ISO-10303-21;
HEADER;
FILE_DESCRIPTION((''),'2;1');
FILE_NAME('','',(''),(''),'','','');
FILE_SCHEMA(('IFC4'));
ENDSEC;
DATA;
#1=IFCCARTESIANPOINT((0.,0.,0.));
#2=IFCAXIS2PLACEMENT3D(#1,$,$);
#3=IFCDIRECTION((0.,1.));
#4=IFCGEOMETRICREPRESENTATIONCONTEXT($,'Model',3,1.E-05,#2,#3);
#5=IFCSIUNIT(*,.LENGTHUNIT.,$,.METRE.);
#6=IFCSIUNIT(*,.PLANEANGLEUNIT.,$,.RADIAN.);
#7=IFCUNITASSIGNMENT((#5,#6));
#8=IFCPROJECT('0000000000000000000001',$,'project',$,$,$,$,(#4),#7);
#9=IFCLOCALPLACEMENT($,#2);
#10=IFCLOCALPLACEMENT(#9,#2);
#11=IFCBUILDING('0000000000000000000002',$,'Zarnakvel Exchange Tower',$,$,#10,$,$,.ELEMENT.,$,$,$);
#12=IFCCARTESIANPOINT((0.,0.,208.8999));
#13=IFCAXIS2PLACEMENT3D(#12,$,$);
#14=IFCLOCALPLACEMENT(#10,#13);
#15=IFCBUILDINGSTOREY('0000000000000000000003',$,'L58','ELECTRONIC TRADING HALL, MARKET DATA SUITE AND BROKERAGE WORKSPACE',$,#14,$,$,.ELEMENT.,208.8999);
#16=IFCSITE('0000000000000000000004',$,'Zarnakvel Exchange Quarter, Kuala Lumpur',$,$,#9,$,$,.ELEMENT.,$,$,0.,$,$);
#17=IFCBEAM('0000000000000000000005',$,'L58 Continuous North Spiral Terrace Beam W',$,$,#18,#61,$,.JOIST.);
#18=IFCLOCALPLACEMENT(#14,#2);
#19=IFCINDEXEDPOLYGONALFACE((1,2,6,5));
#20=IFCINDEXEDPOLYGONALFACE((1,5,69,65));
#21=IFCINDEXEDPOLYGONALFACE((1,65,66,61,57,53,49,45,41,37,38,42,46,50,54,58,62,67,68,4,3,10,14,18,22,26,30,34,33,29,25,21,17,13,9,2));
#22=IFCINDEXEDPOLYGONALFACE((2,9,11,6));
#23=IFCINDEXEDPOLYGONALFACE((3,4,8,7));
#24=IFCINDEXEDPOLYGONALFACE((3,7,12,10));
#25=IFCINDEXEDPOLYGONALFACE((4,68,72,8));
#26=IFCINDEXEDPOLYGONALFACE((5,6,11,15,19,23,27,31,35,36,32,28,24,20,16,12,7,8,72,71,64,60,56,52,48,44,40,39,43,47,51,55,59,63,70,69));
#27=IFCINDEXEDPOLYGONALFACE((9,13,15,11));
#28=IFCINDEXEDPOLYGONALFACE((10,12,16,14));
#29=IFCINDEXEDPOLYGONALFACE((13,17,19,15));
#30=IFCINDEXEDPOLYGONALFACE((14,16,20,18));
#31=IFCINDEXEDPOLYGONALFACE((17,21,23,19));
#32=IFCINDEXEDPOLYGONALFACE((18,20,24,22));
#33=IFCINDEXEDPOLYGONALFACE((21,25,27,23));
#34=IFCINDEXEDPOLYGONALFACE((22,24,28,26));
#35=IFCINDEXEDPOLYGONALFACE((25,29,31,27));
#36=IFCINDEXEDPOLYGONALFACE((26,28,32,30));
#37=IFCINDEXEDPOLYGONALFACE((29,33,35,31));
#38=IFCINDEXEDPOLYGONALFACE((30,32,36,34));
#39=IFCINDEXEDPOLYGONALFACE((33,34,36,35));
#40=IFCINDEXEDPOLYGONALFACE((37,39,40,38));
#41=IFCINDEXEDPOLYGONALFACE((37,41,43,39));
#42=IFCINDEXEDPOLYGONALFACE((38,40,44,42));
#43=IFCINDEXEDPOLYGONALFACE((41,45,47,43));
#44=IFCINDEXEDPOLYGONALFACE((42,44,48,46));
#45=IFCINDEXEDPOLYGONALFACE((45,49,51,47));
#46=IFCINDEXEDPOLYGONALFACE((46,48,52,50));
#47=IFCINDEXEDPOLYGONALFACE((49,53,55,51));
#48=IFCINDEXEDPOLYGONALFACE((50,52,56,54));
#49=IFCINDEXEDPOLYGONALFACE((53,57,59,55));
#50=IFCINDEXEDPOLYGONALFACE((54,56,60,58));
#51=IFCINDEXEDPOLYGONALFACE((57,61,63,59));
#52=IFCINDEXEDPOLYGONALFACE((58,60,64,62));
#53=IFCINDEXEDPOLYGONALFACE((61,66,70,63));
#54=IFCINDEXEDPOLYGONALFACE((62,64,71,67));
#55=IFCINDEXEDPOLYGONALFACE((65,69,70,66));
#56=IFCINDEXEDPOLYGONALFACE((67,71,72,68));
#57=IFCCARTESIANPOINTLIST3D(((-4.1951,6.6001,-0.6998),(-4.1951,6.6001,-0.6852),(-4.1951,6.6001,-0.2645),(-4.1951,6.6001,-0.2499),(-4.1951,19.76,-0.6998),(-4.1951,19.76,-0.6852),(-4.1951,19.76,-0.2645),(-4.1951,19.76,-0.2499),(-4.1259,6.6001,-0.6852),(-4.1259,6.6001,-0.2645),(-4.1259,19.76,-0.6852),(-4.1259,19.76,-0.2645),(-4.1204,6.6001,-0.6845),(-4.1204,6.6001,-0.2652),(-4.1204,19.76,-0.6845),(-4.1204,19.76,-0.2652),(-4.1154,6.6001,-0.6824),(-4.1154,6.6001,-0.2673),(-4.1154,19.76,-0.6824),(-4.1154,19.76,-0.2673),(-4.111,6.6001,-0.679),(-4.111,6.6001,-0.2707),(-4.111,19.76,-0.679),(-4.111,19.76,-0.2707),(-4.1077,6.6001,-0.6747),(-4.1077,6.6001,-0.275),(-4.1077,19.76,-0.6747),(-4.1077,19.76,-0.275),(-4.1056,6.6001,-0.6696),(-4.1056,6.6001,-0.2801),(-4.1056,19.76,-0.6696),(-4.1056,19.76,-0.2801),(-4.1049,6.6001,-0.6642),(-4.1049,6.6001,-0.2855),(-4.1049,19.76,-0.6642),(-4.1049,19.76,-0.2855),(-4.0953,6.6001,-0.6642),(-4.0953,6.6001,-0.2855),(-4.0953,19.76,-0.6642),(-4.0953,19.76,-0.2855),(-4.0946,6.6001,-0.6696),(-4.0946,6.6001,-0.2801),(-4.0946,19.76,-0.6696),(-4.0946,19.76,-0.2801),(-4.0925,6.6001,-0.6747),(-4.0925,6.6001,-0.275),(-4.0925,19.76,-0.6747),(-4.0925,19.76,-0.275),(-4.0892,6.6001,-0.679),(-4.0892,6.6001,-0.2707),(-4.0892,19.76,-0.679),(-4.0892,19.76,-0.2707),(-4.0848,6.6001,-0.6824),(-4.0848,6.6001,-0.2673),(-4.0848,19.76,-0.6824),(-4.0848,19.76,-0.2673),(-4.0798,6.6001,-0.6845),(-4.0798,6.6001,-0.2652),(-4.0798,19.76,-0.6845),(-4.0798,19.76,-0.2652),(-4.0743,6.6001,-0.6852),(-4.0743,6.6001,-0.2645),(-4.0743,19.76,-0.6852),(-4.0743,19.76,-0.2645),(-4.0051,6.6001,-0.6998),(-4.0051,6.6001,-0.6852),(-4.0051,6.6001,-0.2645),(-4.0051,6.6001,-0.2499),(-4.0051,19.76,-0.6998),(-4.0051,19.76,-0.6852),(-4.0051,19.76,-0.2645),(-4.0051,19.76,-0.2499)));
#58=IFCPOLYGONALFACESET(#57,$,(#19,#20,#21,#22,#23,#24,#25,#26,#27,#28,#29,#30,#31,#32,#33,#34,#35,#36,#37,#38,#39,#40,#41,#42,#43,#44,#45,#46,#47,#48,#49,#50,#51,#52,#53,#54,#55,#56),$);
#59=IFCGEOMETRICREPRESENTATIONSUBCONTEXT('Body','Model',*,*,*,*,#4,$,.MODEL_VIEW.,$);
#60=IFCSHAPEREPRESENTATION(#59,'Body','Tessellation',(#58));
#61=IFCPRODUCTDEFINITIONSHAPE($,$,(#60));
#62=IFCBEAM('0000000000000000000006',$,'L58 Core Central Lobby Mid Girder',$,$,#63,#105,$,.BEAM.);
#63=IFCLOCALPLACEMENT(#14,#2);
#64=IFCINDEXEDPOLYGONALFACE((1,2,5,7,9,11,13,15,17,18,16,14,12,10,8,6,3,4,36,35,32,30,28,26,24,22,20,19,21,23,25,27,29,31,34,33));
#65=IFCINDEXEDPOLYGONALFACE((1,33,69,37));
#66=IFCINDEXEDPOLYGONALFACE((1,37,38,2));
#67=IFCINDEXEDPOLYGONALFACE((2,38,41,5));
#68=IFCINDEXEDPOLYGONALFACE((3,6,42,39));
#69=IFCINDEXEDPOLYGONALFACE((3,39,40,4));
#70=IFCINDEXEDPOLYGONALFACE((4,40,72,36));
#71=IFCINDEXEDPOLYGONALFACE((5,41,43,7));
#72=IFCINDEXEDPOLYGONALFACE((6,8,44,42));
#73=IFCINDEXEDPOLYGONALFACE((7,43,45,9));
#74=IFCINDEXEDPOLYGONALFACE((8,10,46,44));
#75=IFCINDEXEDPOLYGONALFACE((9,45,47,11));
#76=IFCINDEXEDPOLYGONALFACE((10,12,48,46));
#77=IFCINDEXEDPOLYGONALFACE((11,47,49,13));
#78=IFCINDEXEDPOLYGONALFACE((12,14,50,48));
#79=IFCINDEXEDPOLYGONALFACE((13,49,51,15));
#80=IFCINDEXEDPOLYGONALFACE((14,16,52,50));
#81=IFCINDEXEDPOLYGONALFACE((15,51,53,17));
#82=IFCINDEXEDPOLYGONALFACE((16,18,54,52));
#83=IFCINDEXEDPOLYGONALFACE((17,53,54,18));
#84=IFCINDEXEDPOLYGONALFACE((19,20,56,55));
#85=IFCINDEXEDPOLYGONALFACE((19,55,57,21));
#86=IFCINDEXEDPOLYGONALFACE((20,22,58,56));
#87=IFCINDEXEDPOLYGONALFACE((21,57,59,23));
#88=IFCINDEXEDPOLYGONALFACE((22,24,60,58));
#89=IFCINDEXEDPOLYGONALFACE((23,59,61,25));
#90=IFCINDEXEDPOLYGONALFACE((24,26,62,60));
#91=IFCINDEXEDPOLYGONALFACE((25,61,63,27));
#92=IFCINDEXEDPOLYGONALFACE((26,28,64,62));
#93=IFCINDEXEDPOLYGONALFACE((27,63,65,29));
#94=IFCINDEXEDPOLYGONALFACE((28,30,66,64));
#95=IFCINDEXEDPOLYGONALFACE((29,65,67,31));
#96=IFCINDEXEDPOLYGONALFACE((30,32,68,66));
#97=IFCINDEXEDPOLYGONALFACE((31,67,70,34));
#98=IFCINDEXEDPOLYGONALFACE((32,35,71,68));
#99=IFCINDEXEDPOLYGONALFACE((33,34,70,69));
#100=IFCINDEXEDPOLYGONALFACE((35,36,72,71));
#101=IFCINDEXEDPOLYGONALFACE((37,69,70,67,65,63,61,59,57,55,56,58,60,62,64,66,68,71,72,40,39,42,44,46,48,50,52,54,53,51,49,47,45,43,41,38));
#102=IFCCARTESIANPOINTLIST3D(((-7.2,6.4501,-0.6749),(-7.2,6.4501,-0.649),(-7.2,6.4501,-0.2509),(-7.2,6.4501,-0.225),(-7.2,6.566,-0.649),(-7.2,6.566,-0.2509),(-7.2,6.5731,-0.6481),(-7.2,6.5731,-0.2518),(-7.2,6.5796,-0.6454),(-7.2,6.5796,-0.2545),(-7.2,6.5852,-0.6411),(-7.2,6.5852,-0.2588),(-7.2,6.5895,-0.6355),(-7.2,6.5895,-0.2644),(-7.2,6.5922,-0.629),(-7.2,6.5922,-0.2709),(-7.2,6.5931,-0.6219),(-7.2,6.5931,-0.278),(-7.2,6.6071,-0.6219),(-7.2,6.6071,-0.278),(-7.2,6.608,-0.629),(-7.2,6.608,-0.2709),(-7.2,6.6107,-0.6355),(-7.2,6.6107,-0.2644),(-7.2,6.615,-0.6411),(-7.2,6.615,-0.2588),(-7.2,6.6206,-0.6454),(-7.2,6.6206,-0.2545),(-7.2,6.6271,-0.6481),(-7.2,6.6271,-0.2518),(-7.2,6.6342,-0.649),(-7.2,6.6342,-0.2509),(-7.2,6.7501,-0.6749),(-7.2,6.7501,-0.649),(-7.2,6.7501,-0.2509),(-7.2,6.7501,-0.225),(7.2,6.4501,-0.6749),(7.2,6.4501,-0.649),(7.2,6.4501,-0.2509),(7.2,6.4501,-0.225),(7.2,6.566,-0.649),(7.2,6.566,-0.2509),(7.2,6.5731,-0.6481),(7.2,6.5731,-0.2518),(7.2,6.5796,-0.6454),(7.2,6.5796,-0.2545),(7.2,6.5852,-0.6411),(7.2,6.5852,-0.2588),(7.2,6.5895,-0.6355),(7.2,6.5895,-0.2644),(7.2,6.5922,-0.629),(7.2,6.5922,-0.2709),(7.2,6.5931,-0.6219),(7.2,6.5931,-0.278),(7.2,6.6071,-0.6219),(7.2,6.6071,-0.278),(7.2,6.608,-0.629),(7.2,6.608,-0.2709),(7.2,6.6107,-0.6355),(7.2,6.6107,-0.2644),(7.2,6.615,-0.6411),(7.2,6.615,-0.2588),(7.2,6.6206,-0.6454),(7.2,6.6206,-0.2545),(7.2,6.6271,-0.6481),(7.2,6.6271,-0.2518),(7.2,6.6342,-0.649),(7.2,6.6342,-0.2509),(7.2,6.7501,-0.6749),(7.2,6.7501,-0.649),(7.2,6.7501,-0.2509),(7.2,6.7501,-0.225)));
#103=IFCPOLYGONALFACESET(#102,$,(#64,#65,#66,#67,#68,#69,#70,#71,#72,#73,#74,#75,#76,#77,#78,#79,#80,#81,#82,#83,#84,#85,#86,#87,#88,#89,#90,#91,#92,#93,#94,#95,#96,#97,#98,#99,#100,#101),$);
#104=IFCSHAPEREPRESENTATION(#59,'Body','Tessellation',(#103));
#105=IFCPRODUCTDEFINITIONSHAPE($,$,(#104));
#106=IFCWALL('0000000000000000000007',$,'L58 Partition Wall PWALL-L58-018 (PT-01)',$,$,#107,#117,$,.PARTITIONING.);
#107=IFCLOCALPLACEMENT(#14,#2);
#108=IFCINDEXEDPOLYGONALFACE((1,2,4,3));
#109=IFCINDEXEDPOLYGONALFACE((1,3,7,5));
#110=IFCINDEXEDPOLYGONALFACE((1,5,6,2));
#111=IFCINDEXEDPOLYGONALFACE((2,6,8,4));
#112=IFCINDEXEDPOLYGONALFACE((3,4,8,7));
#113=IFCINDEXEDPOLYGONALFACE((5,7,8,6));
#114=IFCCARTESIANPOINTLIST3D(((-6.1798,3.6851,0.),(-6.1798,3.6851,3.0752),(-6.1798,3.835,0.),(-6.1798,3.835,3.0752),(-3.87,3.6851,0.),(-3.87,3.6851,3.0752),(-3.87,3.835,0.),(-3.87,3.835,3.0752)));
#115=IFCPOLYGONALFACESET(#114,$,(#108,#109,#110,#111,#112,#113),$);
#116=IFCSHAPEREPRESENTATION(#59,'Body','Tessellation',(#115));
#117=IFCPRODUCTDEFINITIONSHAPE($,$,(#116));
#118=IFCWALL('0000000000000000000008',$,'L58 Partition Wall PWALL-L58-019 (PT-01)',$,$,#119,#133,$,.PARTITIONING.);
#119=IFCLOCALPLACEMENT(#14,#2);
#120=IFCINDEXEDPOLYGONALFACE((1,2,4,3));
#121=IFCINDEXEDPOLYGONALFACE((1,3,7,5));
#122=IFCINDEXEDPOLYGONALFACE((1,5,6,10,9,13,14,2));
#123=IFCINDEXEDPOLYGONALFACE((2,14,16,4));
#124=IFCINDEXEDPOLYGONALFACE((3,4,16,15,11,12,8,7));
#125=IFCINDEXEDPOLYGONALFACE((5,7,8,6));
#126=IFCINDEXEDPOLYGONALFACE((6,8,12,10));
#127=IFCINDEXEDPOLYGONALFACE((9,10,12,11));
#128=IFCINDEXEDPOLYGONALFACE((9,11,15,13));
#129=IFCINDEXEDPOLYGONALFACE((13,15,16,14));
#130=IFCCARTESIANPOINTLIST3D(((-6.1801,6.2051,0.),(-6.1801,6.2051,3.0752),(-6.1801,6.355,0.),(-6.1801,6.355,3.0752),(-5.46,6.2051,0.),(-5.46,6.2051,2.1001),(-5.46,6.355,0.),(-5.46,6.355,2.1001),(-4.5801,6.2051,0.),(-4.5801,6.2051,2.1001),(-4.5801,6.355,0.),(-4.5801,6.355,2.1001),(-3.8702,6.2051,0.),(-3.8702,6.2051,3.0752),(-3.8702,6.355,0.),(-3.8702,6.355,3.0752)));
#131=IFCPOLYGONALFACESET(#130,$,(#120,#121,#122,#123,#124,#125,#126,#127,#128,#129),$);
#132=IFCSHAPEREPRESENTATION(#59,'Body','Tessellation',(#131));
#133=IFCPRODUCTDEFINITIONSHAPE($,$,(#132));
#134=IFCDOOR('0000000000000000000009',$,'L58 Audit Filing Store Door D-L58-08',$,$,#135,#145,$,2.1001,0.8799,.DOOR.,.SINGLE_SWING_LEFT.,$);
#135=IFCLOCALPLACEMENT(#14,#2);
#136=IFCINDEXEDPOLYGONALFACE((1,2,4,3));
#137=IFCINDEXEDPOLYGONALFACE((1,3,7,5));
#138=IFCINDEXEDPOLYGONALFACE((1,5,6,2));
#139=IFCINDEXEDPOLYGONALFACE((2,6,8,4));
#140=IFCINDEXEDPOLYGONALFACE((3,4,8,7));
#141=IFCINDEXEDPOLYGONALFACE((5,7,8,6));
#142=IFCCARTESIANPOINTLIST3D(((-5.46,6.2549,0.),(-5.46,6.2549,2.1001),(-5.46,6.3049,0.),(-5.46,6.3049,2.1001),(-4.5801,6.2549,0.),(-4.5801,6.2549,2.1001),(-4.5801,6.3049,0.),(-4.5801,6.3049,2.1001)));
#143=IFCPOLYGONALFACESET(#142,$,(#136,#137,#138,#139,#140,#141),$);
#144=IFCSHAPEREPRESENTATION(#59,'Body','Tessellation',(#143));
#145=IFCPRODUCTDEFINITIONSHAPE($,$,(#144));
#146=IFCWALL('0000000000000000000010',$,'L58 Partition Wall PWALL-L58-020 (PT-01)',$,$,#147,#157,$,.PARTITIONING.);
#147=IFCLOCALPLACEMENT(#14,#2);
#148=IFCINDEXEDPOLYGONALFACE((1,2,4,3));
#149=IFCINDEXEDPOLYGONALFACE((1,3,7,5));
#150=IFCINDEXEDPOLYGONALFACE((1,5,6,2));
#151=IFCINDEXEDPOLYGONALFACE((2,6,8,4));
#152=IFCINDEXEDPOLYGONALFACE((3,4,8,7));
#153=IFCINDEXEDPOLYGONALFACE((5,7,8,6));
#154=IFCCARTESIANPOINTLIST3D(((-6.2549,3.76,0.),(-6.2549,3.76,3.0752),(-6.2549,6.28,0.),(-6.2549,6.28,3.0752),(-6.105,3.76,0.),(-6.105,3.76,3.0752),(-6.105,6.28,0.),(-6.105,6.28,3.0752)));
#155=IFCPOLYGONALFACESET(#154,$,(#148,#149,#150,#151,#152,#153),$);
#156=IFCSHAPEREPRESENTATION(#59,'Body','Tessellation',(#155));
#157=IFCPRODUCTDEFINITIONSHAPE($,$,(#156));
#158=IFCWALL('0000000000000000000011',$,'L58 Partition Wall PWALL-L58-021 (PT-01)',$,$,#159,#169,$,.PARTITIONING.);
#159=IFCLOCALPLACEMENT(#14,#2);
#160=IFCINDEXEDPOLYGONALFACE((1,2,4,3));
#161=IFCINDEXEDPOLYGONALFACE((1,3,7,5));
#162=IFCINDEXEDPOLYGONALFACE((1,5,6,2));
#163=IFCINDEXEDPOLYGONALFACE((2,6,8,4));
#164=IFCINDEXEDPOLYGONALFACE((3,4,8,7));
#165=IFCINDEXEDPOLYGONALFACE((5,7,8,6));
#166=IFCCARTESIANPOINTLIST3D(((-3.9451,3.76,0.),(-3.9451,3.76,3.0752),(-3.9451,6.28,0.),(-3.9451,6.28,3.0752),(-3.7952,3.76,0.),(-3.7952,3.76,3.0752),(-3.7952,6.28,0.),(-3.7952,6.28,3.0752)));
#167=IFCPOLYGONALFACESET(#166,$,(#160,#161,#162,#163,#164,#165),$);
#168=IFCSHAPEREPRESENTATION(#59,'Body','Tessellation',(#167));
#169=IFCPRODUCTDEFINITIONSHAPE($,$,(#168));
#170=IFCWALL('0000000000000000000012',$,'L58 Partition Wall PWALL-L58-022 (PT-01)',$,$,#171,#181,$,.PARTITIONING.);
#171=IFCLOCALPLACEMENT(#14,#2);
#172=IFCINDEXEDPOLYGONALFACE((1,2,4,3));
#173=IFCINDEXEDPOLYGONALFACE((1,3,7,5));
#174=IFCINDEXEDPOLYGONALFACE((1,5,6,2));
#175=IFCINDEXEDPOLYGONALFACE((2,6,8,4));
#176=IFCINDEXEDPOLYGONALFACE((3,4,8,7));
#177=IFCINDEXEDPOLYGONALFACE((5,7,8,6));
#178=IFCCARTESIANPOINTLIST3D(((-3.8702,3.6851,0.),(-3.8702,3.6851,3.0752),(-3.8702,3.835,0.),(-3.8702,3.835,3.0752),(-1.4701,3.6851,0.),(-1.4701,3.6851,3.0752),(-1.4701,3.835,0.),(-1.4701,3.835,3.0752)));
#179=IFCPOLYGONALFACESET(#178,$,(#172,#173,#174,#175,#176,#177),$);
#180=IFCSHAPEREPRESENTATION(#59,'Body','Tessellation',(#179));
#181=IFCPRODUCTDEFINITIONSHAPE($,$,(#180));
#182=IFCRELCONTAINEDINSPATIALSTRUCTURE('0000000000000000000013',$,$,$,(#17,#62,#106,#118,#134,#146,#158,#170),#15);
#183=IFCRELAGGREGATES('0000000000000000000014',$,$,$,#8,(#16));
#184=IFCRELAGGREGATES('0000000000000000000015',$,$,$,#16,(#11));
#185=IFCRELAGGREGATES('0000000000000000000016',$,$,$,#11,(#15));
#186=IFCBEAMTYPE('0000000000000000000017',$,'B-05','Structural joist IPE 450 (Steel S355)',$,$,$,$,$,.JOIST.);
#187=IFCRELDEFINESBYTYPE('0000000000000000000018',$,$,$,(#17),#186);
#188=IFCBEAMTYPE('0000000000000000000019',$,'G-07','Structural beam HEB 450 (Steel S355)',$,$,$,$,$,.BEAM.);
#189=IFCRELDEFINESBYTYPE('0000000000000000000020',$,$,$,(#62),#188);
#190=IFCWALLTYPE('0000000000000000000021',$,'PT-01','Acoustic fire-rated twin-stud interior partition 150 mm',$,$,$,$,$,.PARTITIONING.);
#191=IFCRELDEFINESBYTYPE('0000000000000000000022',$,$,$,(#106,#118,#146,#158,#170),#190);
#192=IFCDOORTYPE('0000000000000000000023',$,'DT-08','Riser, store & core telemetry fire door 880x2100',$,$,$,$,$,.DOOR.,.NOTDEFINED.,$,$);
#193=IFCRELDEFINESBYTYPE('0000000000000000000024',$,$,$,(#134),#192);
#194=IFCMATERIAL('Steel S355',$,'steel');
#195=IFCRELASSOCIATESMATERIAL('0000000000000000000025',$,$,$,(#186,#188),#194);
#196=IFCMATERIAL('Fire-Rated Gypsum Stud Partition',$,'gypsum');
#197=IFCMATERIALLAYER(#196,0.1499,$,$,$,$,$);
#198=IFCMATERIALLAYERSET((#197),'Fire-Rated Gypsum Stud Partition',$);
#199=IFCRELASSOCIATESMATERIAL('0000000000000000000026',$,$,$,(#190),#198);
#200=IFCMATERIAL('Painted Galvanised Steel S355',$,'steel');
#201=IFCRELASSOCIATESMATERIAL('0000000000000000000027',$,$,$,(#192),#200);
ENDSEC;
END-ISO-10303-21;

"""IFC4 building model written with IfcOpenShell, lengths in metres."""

from ifc_helpers import new_model, si_unit, direction, frame, frame_2d, origin, origin_2d, place, context, subcontext, project, spatial, rectangle, i_section, extrude, source, transform, mapped, material, layer, layer_set, material_profile, profile_set, type_object, element, fill, save


model = new_model("IFC4")

# Units and contexts
model_context = context("Model", 3, precision=1e-05, world=origin(), true_north=direction((0.0, 1.0)))
body_context = subcontext(model_context, "Body", "Model", "MODEL_VIEW")
ifc_project = project(units=[si_unit("LENGTHUNIT", "METRE"), si_unit("PLANEANGLEUNIT", "RADIAN")], contexts=[model_context])

# Site, building, storey
site_placement = place(None, origin())
site = spatial("IfcSite", under=ifc_project, at=site_placement, Name="Zarnakvel Exchange Quarter, Kuala Lumpur", CompositionType="ELEMENT", RefElevation=0.0)
building_placement = place(site_placement, origin())
building = spatial("IfcBuilding", under=site, at=building_placement, Name="Zarnakvel Exchange Tower", CompositionType="ELEMENT")
storey_placement = place(building_placement, frame((0.0, 0.0, 208.8999)))
storey = spatial("IfcBuildingStorey", under=building, at=storey_placement, Name="L58", Description="ELECTRONIC TRADING HALL, MARKET DATA SUITE AND BROKERAGE WORKSPACE", CompositionType="ELEMENT", Elevation=208.8999)

# Beams
ifc_material_1 = material(Name="Steel S355", Category="steel")
ifc_material_profile_1 = material_profile(ifc_material_1, i_section(OverallWidth=0.1899, OverallDepth=0.45, WebThickness=0.0095, FlangeThickness=0.0146, FilletRadius=0.021, at=origin_2d()))
ifc_profile_set_1 = profile_set([ifc_material_profile_1], Name="Steel S355")
beam_type_1 = type_object("IfcBeamType", Name="B-05", Description="Structural joist IPE 450 (Steel S355)", PredefinedType="JOIST", material=ifc_profile_set_1)
beam_1_placement = place(storey_placement, frame((-4.1001, 6.6001, -0.4749), z_axis=(0.0, 1.0, 0.0), x_axis=(-1.0, 0.0, 0.0)))
element("IfcBeam", 1, at=beam_1_placement, inside=storey, type_object=beam_type_1, Name="L58 Continuous North Spiral Terrace Beam W", PredefinedType="JOIST", context=body_context, shape_type="SweptSolid", body=[
    extrude(i_section(OverallWidth=0.1899, OverallDepth=0.45, WebThickness=0.0095, FlangeThickness=0.0146, FilletRadius=0.021, at=origin_2d()), origin(), (0.0, 0.0, 1.0), 13.1599),
])
ifc_material_profile_2 = material_profile(ifc_material_1, i_section(OverallWidth=0.3, OverallDepth=0.45, WebThickness=0.0139, FlangeThickness=0.0259, FilletRadius=0.0271, at=origin_2d()))
ifc_profile_set_2 = profile_set([ifc_material_profile_2], Name="Steel S355")
beam_type_2 = type_object("IfcBeamType", Name="G-07", Description="Structural beam HEB 450 (Steel S355)", PredefinedType="BEAM", material=ifc_profile_set_2)
beam_2_placement = place(storey_placement, frame((-7.2, 6.6001, -0.45), z_axis=(1.0, 0.0, 0.0), x_axis=(0.0, 1.0, 0.0)))
element("IfcBeam", 2, at=beam_2_placement, inside=storey, type_object=beam_type_2, Name="L58 Core Central Lobby Mid Girder", PredefinedType="BEAM", context=body_context, shape_type="SweptSolid", body=[
    extrude(i_section(OverallWidth=0.3, OverallDepth=0.45, WebThickness=0.0139, FlangeThickness=0.0259, FilletRadius=0.0271, at=origin_2d()), origin(), (0.0, 0.0, 1.0), 14.3999),
])

# Wall
ifc_material_2 = material(Name="Fire-Rated Gypsum Stud Partition", Category="gypsum")
ifc_layer_1 = layer(ifc_material_2, 0.1499)
ifc_layer_set_1 = layer_set([ifc_layer_1], Name="Fire-Rated Gypsum Stud Partition")
wall_type_1 = type_object("IfcWallType", Name="PT-01", Description="Acoustic fire-rated twin-stud interior partition 150 mm", PredefinedType="PARTITIONING", material=ifc_layer_set_1)
wall_1_placement = place(storey_placement, frame((-3.8701, 3.76, 0.0), z_axis=(0.0, 0.0, 1.0), x_axis=(-1.0, 0.0, 0.0)))
element("IfcWall", 3, at=wall_1_placement, inside=storey, type_object=wall_type_1, Name="L58 Partition Wall PWALL-L58-018 (PT-01)", PredefinedType="PARTITIONING", context=body_context, shape_type="SweptSolid", body=[
    extrude(rectangle(XDim=2.3098, YDim=0.1499, at=frame_2d((1.1548, 0.0))), origin(), (0.0, 0.0, 1.0), 3.0752),
])

# Wall, opening, door
wall_2_placement = place(storey_placement, frame((-6.1799, 6.28, 0.0), z_axis=(0.0, 0.0, 1.0), x_axis=(1.0, 0.0, 0.0)))
wall_2 = element("IfcWall", 4, at=wall_2_placement, inside=storey, type_object=wall_type_1, Name="L58 Partition Wall PWALL-L58-019 (PT-01)", PredefinedType="PARTITIONING", context=body_context, shape_type="SweptSolid", body=[
    extrude(rectangle(XDim=2.3098, YDim=0.1499, at=frame_2d((1.1548, 0.0))), origin(), (0.0, 0.0, 1.0), 3.0752),
])
opening_1_placement = place(wall_2_placement, frame((0.72, 0.0, 0.0)))
opening_1 = element("IfcOpeningElement", 5, at=opening_1_placement, cuts=wall_2, PredefinedType="OPENING", context=body_context, shape_type="SweptSolid", body=[
    extrude(rectangle(XDim=0.8799, YDim=2.1001, at=frame_2d((0.4399, 1.05))), frame((0.0, 0.085, 0.0), z_axis=(0.0, -1.0, 0.0), x_axis=(1.0, 0.0, 0.0)), (0.0, 0.0, 1.0), 0.1699),
])
ifc_material_3 = material(Name="Painted Galvanised Steel S355", Category="steel")
door_type_1 = type_object("IfcDoorType", Name="DT-08", Description="Riser, store & core telemetry fire door 880x2100", OperationType="NOTDEFINED", PredefinedType="DOOR", material=ifc_material_3)
shared_shape_1 = source(origin(), body_context, "Body", "SweptSolid", [
    extrude(rectangle(XDim=0.8799, YDim=2.1001, at=frame_2d((0.4399, 1.05))), frame((0.0, 0.0249, 0.0), z_axis=(0.0, -1.0, 0.0), x_axis=(1.0, 0.0, 0.0)), (0.0, 0.0, 1.0), 0.05),
])
door_1_placement = place(opening_1_placement, origin())
door_1 = element("IfcDoor", 6, at=door_1_placement, inside=storey, type_object=door_type_1, Name="L58 Audit Filing Store Door D-L58-08", OperationType="SINGLE_SWING_LEFT", OverallHeight=2.1001, OverallWidth=0.8799, PredefinedType="DOOR", context=body_context, shape_type="MappedRepresentation", body=[
    mapped(shared_shape_1, transform((0.0, 0.0, 0.0), x_axis=(1.0, 0.0, 0.0), y_axis=(0.0, 1.0, 0.0), z_axis=(0.0, 0.0, 1.0), scale=1.0)),
])
fill(opening_1, door_1)

# Walls
for number, where, z_axis, x_axis, name in (
    (7, (-6.1799, 3.76, 0.0), (0.0, 0.0, 1.0), (0.0, 1.0, 0.0), "L58 Partition Wall PWALL-L58-020 (PT-01)"),
    (8, (-3.8701, 6.28, 0.0), (0.0, 0.0, 1.0), (0.0, -1.0, 0.0), "L58 Partition Wall PWALL-L58-021 (PT-01)"),
):
    element("IfcWall", number, at=place(storey_placement, frame(where, z_axis=z_axis, x_axis=x_axis)), inside=storey, type_object=wall_type_1, Name=name, PredefinedType="PARTITIONING", context=body_context, shape_type="SweptSolid", body=[
        extrude(rectangle(XDim=2.52, YDim=0.1499, at=frame_2d((1.26, 0.0))), origin(), (0.0, 0.0, 1.0), 3.0752),
    ])
for number, where, z_axis, x_axis, name in (
    (9, (-1.47, 3.76, 0.0), (0.0, 0.0, 1.0), (-1.0, 0.0, 0.0), "L58 Partition Wall PWALL-L58-022 (PT-01)"),
):
    element("IfcWall", number, at=place(storey_placement, frame(where, z_axis=z_axis, x_axis=x_axis)), inside=storey, type_object=wall_type_1, Name=name, PredefinedType="PARTITIONING", context=body_context, shape_type="SweptSolid", body=[
        extrude(rectangle(XDim=2.4001, YDim=0.1499, at=frame_2d((1.2002, 0.0))), origin(), (0.0, 0.0, 1.0), 3.0752),
    ])

save(model, "model.ifc")
